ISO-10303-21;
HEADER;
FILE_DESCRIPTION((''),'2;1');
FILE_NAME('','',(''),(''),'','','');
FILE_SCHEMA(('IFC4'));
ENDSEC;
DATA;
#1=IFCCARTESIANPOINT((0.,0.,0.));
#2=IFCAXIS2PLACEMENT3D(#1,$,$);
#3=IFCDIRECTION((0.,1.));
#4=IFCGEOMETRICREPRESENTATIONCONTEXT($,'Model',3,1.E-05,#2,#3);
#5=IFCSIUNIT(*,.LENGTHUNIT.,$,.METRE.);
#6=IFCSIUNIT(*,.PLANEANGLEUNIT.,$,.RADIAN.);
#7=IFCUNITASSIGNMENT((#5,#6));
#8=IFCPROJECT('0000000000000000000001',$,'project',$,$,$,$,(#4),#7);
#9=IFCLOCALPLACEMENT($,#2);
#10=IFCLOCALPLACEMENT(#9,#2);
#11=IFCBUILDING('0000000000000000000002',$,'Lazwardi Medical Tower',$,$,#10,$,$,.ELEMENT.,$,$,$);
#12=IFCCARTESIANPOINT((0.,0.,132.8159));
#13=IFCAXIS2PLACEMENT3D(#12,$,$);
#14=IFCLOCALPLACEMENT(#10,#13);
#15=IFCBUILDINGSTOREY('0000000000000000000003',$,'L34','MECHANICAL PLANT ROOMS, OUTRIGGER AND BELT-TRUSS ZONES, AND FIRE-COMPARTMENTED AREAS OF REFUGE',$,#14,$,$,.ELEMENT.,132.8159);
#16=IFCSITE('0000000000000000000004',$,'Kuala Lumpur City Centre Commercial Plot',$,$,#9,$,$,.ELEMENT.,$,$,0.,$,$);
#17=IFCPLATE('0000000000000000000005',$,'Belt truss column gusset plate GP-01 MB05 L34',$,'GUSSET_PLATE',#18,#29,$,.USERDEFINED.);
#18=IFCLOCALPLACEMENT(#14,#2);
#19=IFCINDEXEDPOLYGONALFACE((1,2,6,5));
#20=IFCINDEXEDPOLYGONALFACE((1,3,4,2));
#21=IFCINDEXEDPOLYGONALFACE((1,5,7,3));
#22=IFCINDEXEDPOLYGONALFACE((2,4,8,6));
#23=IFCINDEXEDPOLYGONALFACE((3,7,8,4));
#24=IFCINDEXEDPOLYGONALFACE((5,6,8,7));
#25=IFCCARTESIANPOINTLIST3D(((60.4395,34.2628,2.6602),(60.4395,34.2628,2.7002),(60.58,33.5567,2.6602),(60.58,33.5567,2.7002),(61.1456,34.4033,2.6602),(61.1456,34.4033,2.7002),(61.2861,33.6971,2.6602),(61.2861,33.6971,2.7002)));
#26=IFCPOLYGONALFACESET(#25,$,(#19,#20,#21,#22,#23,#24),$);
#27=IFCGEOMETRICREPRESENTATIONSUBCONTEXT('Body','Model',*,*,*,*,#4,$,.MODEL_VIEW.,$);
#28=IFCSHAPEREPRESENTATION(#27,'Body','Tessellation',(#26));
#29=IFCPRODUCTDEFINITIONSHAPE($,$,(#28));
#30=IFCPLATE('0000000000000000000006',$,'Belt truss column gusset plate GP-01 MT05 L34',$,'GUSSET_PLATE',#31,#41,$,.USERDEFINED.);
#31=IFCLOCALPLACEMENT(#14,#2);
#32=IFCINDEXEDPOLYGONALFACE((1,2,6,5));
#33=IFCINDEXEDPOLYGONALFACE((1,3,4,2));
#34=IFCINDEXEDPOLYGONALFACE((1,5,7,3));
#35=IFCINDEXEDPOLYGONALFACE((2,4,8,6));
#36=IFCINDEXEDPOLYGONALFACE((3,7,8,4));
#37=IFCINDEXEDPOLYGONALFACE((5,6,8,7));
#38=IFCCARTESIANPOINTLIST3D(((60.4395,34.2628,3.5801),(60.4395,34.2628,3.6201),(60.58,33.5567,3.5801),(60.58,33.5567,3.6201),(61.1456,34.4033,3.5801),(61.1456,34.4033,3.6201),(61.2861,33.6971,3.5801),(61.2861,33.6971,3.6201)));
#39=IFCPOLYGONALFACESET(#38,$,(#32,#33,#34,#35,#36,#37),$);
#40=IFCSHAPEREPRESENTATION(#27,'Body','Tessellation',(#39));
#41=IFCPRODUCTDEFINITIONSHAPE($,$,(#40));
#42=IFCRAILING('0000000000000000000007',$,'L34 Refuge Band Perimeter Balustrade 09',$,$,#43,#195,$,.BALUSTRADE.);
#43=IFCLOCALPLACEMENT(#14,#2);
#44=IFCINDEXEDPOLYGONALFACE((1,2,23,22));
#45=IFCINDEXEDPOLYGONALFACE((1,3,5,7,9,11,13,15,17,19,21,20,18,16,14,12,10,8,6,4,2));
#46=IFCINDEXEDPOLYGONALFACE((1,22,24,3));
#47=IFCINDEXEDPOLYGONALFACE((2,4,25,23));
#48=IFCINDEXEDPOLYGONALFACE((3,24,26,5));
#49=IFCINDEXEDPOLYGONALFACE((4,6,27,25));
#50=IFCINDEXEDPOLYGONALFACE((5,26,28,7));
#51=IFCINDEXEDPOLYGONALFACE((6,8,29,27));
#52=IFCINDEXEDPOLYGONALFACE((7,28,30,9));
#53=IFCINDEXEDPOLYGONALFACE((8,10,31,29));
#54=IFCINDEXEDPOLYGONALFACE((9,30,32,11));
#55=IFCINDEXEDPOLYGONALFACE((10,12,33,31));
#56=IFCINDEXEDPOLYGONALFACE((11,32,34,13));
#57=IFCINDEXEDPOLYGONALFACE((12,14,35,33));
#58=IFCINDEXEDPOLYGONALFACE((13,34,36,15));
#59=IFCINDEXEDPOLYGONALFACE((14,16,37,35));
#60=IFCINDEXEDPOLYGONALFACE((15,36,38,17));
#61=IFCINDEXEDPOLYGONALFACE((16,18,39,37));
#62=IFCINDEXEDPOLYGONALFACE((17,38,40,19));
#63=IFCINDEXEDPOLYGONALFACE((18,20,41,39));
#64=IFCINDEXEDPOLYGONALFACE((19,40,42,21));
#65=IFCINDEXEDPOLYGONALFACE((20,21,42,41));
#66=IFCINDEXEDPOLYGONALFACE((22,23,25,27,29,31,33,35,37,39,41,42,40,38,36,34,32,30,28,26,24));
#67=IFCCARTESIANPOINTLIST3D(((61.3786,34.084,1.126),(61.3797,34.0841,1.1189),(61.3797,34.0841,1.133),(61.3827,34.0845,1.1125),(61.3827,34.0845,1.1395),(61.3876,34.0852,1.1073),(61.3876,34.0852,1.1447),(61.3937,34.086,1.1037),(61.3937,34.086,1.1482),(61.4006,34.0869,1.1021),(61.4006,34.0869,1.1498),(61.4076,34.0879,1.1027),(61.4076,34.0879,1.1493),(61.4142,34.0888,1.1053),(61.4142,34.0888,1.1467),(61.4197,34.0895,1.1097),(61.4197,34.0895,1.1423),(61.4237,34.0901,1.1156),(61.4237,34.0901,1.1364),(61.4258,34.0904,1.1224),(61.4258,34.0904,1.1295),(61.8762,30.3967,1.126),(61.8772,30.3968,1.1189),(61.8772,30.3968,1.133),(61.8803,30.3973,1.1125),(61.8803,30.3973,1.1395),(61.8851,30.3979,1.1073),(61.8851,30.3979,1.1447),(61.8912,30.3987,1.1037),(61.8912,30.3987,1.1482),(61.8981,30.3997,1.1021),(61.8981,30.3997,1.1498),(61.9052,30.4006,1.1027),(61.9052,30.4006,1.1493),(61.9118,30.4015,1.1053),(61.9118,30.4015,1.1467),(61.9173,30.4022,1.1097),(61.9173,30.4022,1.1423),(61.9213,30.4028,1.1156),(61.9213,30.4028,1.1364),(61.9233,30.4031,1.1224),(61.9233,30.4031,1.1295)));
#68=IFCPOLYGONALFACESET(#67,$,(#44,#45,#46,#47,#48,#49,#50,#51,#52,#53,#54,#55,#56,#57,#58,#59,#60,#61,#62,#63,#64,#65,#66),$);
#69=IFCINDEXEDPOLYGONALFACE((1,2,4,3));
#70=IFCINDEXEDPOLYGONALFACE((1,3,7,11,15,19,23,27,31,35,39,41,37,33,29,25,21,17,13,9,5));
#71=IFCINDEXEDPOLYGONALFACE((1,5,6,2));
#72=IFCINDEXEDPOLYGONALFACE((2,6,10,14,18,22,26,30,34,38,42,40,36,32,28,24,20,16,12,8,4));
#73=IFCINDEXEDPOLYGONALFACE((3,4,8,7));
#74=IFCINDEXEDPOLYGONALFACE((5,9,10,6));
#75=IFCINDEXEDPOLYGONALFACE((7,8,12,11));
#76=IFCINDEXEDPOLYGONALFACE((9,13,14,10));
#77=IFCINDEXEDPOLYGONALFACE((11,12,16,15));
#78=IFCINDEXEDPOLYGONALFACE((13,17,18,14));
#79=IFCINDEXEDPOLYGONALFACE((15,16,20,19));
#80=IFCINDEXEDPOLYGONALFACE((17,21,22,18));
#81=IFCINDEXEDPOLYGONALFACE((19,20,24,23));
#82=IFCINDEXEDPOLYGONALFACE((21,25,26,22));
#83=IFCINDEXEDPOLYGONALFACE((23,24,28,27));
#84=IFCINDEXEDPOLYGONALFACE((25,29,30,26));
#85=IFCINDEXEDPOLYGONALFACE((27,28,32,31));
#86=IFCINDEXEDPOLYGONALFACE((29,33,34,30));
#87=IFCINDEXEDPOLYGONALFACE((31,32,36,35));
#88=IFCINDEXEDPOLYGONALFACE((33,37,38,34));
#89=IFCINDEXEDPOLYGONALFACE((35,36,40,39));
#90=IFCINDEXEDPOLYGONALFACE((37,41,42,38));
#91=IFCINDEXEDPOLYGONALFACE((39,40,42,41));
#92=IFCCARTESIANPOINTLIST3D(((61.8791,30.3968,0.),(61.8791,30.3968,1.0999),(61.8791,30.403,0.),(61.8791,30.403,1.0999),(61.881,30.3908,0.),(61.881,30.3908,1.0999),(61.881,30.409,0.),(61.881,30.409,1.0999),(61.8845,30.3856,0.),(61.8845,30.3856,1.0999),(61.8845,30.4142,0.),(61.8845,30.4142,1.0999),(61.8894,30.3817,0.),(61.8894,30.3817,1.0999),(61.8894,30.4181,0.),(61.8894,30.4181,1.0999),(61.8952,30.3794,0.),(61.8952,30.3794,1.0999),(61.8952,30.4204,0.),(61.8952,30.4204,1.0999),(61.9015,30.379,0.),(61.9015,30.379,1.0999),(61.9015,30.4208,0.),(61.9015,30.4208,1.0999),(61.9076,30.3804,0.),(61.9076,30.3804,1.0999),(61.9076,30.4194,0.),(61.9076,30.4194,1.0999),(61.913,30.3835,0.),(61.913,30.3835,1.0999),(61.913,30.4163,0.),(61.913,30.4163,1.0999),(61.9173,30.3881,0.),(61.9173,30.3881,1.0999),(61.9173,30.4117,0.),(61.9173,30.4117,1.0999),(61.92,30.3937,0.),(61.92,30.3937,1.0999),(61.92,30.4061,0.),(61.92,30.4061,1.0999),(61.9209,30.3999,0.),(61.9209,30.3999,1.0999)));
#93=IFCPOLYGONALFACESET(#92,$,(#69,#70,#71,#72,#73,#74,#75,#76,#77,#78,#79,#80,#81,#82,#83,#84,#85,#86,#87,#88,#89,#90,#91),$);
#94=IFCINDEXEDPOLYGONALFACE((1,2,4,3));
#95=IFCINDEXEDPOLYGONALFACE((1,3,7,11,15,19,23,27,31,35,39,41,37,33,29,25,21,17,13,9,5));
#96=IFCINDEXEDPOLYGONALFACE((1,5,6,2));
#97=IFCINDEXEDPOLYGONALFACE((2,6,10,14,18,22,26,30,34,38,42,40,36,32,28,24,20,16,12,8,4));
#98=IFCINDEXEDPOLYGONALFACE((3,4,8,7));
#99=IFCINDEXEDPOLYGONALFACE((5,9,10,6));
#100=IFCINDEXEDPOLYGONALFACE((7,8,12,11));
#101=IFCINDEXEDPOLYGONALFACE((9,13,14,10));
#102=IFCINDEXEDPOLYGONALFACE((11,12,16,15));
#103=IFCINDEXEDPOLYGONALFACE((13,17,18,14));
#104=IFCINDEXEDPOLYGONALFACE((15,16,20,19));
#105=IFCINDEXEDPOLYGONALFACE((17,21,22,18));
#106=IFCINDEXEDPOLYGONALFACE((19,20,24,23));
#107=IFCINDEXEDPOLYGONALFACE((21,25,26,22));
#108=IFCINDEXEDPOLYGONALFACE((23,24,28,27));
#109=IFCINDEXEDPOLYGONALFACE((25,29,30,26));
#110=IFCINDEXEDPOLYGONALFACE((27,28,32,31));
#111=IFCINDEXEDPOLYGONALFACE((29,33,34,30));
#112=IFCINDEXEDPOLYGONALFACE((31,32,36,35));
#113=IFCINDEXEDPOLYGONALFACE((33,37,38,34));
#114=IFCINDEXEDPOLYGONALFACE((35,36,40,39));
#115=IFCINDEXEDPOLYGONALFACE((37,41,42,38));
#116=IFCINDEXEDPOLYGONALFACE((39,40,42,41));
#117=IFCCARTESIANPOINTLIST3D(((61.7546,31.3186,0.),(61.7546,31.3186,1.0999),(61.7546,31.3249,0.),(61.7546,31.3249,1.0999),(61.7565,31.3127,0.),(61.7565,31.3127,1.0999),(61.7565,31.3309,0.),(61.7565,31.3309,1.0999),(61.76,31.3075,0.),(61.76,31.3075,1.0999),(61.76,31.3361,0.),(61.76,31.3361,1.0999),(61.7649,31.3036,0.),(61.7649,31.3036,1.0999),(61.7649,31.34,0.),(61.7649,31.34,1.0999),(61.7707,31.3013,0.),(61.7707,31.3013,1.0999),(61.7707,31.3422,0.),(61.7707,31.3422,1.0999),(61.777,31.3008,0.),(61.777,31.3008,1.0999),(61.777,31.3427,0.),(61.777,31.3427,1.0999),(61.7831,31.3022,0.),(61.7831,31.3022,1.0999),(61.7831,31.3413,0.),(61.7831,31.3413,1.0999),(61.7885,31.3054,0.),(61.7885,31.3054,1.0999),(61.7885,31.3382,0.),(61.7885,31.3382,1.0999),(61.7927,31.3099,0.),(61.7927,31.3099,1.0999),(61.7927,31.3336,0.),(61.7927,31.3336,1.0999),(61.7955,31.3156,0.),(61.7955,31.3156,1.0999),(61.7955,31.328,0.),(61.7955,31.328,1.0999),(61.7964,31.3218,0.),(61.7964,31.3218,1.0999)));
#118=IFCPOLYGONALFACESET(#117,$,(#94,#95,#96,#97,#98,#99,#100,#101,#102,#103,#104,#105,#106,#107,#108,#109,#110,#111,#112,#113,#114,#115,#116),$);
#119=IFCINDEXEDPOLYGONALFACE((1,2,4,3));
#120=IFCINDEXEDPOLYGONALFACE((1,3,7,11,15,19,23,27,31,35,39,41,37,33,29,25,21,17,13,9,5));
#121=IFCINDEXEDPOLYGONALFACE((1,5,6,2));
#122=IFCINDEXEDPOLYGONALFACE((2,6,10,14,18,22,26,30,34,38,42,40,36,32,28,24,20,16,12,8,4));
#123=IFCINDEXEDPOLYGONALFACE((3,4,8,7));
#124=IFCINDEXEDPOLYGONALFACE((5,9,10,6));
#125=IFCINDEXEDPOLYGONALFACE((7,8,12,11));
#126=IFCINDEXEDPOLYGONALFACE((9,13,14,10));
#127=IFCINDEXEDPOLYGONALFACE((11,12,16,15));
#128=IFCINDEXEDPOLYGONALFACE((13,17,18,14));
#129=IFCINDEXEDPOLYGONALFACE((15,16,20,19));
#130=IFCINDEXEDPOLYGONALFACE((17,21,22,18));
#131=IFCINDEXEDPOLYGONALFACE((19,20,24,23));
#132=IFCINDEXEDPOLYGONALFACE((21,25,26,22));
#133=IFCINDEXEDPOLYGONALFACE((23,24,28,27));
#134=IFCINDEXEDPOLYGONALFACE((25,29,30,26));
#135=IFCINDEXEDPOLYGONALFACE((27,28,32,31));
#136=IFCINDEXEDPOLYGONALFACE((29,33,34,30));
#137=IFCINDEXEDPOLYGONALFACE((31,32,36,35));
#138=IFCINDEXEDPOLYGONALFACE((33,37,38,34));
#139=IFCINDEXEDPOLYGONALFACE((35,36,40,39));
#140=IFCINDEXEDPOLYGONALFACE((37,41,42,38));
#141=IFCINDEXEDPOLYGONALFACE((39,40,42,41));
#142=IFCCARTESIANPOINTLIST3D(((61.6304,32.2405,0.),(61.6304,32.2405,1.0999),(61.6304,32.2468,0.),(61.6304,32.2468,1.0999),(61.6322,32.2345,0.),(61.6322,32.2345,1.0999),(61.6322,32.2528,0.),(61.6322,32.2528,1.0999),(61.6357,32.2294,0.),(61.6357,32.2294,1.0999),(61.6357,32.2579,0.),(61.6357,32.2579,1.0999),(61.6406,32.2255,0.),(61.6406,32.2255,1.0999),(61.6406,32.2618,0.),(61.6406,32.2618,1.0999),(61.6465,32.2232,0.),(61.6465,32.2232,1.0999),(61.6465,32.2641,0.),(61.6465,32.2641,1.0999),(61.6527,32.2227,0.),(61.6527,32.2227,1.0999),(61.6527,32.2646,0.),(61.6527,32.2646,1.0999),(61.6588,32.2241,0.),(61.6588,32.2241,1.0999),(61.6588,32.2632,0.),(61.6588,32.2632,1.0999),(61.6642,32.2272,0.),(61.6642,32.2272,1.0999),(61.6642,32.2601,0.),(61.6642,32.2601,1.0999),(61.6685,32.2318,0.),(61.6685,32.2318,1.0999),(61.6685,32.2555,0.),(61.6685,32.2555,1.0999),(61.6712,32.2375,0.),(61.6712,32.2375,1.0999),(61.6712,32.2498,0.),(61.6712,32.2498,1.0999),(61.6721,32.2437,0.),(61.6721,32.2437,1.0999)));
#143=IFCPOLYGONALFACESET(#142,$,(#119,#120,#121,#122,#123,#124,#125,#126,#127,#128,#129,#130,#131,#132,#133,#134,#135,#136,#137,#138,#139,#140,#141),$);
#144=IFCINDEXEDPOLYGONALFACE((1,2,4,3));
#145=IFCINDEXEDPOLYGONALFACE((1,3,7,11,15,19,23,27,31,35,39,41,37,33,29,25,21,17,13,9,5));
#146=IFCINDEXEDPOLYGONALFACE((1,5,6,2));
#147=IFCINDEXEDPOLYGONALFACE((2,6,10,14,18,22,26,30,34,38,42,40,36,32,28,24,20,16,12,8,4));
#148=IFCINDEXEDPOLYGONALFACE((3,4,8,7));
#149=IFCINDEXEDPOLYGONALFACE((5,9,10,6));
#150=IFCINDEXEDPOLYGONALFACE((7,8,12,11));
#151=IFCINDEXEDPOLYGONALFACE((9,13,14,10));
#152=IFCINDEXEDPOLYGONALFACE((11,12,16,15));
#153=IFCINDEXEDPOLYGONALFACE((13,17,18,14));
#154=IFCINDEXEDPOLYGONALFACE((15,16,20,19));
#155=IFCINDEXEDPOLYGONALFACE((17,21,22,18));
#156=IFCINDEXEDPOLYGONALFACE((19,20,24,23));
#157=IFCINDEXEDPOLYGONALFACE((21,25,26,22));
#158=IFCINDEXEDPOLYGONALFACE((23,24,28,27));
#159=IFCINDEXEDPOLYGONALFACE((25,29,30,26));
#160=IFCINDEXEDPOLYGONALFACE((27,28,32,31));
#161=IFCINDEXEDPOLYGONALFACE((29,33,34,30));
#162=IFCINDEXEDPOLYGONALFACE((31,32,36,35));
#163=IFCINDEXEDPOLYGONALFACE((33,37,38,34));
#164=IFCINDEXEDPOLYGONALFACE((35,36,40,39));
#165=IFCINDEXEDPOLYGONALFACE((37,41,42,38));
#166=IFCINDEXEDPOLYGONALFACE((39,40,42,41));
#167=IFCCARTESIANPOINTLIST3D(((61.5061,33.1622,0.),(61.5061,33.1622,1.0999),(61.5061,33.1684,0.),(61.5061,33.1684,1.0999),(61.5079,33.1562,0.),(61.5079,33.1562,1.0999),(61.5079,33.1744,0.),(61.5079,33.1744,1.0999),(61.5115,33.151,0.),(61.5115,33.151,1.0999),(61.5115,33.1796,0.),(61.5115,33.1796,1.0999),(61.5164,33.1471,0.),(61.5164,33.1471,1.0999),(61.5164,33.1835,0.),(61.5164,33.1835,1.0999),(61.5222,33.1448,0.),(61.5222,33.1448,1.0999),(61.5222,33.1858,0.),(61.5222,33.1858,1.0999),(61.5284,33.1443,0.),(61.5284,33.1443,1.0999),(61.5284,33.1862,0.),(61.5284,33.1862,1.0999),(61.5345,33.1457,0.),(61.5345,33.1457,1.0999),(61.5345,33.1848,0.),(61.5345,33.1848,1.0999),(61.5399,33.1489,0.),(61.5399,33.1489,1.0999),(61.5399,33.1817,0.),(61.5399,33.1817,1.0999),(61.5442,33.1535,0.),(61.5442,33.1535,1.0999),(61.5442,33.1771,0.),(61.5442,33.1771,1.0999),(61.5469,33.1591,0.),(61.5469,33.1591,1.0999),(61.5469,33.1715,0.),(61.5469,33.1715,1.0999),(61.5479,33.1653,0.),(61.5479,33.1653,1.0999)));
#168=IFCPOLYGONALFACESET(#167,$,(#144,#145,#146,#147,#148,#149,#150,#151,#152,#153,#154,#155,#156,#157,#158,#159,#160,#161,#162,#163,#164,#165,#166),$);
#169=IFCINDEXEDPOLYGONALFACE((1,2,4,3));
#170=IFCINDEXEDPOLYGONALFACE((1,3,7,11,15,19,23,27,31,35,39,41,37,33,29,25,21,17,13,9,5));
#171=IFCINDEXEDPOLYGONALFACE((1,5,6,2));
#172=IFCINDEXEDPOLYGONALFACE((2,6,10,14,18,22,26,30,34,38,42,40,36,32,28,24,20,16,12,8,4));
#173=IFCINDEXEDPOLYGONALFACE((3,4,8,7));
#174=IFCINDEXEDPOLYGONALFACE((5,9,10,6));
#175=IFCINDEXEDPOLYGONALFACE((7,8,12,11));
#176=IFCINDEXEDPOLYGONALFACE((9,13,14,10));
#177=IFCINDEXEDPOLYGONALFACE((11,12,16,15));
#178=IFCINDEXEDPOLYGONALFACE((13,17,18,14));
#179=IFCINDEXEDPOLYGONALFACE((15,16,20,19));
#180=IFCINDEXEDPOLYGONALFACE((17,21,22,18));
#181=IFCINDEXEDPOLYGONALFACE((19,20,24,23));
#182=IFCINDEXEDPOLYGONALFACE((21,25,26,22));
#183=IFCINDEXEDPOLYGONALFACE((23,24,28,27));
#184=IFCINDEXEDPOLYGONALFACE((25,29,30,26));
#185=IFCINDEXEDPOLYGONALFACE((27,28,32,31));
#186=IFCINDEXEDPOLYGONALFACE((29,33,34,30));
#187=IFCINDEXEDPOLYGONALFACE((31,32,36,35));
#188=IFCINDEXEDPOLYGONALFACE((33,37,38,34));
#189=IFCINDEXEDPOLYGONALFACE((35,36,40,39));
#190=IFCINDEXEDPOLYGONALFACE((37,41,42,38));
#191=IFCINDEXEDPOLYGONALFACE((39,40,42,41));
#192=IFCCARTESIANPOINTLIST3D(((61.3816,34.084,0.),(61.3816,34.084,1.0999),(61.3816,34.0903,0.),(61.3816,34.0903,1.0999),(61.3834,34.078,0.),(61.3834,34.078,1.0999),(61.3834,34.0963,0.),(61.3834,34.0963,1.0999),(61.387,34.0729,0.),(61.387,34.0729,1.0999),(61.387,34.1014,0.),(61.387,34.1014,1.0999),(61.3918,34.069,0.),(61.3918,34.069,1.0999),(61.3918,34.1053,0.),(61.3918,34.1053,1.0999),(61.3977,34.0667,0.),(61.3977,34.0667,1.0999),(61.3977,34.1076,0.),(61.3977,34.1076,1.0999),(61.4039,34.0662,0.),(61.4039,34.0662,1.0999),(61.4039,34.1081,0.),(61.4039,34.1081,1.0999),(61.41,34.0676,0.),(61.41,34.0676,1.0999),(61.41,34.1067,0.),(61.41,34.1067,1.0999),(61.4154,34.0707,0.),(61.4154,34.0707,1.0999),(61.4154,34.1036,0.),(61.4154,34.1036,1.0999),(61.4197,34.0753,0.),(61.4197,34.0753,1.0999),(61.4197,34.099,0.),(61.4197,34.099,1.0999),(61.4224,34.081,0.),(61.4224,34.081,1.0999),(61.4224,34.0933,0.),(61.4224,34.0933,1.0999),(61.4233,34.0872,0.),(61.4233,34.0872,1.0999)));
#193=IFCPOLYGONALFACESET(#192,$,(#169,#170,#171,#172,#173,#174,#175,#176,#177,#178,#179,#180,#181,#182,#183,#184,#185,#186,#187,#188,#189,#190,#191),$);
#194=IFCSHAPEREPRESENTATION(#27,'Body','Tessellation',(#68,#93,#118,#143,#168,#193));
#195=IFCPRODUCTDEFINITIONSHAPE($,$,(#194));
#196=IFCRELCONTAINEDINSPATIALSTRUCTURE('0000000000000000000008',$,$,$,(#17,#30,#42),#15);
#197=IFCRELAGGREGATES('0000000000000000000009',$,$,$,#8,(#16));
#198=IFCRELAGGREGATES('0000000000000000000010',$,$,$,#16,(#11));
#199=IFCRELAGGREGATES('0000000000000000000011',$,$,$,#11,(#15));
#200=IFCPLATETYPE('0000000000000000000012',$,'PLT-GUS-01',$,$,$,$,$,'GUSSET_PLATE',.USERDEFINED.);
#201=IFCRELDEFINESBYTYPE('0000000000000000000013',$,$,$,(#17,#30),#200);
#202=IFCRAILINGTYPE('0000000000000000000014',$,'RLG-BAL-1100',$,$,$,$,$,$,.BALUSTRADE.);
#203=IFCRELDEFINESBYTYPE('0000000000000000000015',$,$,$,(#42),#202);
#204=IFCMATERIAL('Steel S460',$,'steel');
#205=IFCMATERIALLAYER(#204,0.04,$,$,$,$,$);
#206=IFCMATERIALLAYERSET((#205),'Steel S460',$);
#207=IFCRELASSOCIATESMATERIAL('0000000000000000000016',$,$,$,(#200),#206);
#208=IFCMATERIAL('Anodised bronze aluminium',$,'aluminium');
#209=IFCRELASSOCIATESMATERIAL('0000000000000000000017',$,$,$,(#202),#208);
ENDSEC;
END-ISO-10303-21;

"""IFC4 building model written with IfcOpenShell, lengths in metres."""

from ifc_helpers import new_model, si_unit, direction, frame, origin, origin_2d, place, context, subcontext, project, spatial, rectangle, circle, extrude, material, layer, layer_set, type_object, element, save


model = new_model("IFC4")

# Units and contexts
model_context = context("Model", 3, precision=1e-05, world=origin(), true_north=direction((0.0, 1.0)))
body_context = subcontext(model_context, "Body", "Model", "MODEL_VIEW")
ifc_project = project(units=[si_unit("LENGTHUNIT", "METRE"), si_unit("PLANEANGLEUNIT", "RADIAN")], contexts=[model_context])

# Site, building, storey
site_placement = place(None, origin())
site = spatial("IfcSite", under=ifc_project, at=site_placement, Name="Kuala Lumpur City Centre Commercial Plot", CompositionType="ELEMENT", RefElevation=0.0)
building_placement = place(site_placement, origin())
building = spatial("IfcBuilding", under=site, at=building_placement, Name="Lazwardi Medical Tower", CompositionType="ELEMENT")
storey_placement = place(building_placement, frame((0.0, 0.0, 132.8159)))
storey = spatial("IfcBuildingStorey", under=building, at=storey_placement, Name="L34", Description="MECHANICAL PLANT ROOMS, OUTRIGGER AND BELT-TRUSS ZONES, AND FIRE-COMPARTMENTED AREAS OF REFUGE", CompositionType="ELEMENT", Elevation=132.8159)

# Shared definitions
ifc_material_1 = material(Name="Steel S460", Category="steel")

# Plates
ifc_layer = layer(ifc_material_1, 0.04)
ifc_layer_set = layer_set([ifc_layer], Name="Steel S460")
plate_type = type_object("IfcPlateType", Name="PLT-GUS-01", ElementType="GUSSET_PLATE", PredefinedType="USERDEFINED", material=ifc_layer_set)
for number, where, z_axis, x_axis, name in (
    (1, (60.8628, 33.98, 2.6602), (0.0, 0.0, 1.0), (0.980785, 0.19509, 0.0), "Belt truss column gusset plate GP-01 MB05 L34"),
    (2, (60.8628, 33.98, 3.5801), (0.0, 0.0, 1.0), (0.980785, 0.19509, 0.0), "Belt truss column gusset plate GP-01 MT05 L34"),
):
    element("IfcPlate", number, at=place(storey_placement, frame(where, z_axis=z_axis, x_axis=x_axis)), inside=storey, type_object=plate_type, Name=name, ObjectType="GUSSET_PLATE", PredefinedType="USERDEFINED", context=body_context, shape_type="SweptSolid", body=[
        extrude(rectangle(XDim=0.72, YDim=0.72, at=origin_2d()), origin(), (0.0, 0.0, 1.0), 0.04),
    ])

# Railing
ifc_material_2 = material(Name="Anodised bronze aluminium", Category="aluminium")
railing_type = type_object("IfcRailingType", Name="RLG-BAL-1100", PredefinedType="BALUSTRADE", material=ifc_material_2)
railing_1_placement = place(storey_placement, frame((61.8999, 30.3999, 0.0)))
element("IfcRailing", 3, at=railing_1_placement, inside=storey, type_object=railing_type, Name="L34 Refuge Band Perimeter Balustrade 09", PredefinedType="BALUSTRADE", context=body_context, shape_type="SweptSolid", body=[
    extrude(circle(Radius=0.0239, at=origin_2d()), frame((0.0, 0.0, 1.126), z_axis=(-0.133728, 0.991018, 0.0), x_axis=(-0.991018, -0.133728, 0.0)), (0.0, 0.0, 1.0), 3.7207),
    extrude(circle(Radius=0.021, at=origin_2d()), origin(), (0.0, 0.0, 1.0), 1.0999),
    extrude(circle(Radius=0.021, at=origin_2d()), frame((-0.1245, 0.9219, 0.0)), (0.0, 0.0, 1.0), 1.0999),
    extrude(circle(Radius=0.021, at=origin_2d()), frame((-0.2488, 1.8438, 0.0)), (0.0, 0.0, 1.0), 1.0999),
    extrude(circle(Radius=0.021, at=origin_2d()), frame((-0.373, 2.7654, 0.0)), (0.0, 0.0, 1.0), 1.0999),
    extrude(circle(Radius=0.021, at=origin_2d()), frame((-0.4976, 3.6873, 0.0)), (0.0, 0.0, 1.0), 1.0999),
])

save(model, "model.ifc")
